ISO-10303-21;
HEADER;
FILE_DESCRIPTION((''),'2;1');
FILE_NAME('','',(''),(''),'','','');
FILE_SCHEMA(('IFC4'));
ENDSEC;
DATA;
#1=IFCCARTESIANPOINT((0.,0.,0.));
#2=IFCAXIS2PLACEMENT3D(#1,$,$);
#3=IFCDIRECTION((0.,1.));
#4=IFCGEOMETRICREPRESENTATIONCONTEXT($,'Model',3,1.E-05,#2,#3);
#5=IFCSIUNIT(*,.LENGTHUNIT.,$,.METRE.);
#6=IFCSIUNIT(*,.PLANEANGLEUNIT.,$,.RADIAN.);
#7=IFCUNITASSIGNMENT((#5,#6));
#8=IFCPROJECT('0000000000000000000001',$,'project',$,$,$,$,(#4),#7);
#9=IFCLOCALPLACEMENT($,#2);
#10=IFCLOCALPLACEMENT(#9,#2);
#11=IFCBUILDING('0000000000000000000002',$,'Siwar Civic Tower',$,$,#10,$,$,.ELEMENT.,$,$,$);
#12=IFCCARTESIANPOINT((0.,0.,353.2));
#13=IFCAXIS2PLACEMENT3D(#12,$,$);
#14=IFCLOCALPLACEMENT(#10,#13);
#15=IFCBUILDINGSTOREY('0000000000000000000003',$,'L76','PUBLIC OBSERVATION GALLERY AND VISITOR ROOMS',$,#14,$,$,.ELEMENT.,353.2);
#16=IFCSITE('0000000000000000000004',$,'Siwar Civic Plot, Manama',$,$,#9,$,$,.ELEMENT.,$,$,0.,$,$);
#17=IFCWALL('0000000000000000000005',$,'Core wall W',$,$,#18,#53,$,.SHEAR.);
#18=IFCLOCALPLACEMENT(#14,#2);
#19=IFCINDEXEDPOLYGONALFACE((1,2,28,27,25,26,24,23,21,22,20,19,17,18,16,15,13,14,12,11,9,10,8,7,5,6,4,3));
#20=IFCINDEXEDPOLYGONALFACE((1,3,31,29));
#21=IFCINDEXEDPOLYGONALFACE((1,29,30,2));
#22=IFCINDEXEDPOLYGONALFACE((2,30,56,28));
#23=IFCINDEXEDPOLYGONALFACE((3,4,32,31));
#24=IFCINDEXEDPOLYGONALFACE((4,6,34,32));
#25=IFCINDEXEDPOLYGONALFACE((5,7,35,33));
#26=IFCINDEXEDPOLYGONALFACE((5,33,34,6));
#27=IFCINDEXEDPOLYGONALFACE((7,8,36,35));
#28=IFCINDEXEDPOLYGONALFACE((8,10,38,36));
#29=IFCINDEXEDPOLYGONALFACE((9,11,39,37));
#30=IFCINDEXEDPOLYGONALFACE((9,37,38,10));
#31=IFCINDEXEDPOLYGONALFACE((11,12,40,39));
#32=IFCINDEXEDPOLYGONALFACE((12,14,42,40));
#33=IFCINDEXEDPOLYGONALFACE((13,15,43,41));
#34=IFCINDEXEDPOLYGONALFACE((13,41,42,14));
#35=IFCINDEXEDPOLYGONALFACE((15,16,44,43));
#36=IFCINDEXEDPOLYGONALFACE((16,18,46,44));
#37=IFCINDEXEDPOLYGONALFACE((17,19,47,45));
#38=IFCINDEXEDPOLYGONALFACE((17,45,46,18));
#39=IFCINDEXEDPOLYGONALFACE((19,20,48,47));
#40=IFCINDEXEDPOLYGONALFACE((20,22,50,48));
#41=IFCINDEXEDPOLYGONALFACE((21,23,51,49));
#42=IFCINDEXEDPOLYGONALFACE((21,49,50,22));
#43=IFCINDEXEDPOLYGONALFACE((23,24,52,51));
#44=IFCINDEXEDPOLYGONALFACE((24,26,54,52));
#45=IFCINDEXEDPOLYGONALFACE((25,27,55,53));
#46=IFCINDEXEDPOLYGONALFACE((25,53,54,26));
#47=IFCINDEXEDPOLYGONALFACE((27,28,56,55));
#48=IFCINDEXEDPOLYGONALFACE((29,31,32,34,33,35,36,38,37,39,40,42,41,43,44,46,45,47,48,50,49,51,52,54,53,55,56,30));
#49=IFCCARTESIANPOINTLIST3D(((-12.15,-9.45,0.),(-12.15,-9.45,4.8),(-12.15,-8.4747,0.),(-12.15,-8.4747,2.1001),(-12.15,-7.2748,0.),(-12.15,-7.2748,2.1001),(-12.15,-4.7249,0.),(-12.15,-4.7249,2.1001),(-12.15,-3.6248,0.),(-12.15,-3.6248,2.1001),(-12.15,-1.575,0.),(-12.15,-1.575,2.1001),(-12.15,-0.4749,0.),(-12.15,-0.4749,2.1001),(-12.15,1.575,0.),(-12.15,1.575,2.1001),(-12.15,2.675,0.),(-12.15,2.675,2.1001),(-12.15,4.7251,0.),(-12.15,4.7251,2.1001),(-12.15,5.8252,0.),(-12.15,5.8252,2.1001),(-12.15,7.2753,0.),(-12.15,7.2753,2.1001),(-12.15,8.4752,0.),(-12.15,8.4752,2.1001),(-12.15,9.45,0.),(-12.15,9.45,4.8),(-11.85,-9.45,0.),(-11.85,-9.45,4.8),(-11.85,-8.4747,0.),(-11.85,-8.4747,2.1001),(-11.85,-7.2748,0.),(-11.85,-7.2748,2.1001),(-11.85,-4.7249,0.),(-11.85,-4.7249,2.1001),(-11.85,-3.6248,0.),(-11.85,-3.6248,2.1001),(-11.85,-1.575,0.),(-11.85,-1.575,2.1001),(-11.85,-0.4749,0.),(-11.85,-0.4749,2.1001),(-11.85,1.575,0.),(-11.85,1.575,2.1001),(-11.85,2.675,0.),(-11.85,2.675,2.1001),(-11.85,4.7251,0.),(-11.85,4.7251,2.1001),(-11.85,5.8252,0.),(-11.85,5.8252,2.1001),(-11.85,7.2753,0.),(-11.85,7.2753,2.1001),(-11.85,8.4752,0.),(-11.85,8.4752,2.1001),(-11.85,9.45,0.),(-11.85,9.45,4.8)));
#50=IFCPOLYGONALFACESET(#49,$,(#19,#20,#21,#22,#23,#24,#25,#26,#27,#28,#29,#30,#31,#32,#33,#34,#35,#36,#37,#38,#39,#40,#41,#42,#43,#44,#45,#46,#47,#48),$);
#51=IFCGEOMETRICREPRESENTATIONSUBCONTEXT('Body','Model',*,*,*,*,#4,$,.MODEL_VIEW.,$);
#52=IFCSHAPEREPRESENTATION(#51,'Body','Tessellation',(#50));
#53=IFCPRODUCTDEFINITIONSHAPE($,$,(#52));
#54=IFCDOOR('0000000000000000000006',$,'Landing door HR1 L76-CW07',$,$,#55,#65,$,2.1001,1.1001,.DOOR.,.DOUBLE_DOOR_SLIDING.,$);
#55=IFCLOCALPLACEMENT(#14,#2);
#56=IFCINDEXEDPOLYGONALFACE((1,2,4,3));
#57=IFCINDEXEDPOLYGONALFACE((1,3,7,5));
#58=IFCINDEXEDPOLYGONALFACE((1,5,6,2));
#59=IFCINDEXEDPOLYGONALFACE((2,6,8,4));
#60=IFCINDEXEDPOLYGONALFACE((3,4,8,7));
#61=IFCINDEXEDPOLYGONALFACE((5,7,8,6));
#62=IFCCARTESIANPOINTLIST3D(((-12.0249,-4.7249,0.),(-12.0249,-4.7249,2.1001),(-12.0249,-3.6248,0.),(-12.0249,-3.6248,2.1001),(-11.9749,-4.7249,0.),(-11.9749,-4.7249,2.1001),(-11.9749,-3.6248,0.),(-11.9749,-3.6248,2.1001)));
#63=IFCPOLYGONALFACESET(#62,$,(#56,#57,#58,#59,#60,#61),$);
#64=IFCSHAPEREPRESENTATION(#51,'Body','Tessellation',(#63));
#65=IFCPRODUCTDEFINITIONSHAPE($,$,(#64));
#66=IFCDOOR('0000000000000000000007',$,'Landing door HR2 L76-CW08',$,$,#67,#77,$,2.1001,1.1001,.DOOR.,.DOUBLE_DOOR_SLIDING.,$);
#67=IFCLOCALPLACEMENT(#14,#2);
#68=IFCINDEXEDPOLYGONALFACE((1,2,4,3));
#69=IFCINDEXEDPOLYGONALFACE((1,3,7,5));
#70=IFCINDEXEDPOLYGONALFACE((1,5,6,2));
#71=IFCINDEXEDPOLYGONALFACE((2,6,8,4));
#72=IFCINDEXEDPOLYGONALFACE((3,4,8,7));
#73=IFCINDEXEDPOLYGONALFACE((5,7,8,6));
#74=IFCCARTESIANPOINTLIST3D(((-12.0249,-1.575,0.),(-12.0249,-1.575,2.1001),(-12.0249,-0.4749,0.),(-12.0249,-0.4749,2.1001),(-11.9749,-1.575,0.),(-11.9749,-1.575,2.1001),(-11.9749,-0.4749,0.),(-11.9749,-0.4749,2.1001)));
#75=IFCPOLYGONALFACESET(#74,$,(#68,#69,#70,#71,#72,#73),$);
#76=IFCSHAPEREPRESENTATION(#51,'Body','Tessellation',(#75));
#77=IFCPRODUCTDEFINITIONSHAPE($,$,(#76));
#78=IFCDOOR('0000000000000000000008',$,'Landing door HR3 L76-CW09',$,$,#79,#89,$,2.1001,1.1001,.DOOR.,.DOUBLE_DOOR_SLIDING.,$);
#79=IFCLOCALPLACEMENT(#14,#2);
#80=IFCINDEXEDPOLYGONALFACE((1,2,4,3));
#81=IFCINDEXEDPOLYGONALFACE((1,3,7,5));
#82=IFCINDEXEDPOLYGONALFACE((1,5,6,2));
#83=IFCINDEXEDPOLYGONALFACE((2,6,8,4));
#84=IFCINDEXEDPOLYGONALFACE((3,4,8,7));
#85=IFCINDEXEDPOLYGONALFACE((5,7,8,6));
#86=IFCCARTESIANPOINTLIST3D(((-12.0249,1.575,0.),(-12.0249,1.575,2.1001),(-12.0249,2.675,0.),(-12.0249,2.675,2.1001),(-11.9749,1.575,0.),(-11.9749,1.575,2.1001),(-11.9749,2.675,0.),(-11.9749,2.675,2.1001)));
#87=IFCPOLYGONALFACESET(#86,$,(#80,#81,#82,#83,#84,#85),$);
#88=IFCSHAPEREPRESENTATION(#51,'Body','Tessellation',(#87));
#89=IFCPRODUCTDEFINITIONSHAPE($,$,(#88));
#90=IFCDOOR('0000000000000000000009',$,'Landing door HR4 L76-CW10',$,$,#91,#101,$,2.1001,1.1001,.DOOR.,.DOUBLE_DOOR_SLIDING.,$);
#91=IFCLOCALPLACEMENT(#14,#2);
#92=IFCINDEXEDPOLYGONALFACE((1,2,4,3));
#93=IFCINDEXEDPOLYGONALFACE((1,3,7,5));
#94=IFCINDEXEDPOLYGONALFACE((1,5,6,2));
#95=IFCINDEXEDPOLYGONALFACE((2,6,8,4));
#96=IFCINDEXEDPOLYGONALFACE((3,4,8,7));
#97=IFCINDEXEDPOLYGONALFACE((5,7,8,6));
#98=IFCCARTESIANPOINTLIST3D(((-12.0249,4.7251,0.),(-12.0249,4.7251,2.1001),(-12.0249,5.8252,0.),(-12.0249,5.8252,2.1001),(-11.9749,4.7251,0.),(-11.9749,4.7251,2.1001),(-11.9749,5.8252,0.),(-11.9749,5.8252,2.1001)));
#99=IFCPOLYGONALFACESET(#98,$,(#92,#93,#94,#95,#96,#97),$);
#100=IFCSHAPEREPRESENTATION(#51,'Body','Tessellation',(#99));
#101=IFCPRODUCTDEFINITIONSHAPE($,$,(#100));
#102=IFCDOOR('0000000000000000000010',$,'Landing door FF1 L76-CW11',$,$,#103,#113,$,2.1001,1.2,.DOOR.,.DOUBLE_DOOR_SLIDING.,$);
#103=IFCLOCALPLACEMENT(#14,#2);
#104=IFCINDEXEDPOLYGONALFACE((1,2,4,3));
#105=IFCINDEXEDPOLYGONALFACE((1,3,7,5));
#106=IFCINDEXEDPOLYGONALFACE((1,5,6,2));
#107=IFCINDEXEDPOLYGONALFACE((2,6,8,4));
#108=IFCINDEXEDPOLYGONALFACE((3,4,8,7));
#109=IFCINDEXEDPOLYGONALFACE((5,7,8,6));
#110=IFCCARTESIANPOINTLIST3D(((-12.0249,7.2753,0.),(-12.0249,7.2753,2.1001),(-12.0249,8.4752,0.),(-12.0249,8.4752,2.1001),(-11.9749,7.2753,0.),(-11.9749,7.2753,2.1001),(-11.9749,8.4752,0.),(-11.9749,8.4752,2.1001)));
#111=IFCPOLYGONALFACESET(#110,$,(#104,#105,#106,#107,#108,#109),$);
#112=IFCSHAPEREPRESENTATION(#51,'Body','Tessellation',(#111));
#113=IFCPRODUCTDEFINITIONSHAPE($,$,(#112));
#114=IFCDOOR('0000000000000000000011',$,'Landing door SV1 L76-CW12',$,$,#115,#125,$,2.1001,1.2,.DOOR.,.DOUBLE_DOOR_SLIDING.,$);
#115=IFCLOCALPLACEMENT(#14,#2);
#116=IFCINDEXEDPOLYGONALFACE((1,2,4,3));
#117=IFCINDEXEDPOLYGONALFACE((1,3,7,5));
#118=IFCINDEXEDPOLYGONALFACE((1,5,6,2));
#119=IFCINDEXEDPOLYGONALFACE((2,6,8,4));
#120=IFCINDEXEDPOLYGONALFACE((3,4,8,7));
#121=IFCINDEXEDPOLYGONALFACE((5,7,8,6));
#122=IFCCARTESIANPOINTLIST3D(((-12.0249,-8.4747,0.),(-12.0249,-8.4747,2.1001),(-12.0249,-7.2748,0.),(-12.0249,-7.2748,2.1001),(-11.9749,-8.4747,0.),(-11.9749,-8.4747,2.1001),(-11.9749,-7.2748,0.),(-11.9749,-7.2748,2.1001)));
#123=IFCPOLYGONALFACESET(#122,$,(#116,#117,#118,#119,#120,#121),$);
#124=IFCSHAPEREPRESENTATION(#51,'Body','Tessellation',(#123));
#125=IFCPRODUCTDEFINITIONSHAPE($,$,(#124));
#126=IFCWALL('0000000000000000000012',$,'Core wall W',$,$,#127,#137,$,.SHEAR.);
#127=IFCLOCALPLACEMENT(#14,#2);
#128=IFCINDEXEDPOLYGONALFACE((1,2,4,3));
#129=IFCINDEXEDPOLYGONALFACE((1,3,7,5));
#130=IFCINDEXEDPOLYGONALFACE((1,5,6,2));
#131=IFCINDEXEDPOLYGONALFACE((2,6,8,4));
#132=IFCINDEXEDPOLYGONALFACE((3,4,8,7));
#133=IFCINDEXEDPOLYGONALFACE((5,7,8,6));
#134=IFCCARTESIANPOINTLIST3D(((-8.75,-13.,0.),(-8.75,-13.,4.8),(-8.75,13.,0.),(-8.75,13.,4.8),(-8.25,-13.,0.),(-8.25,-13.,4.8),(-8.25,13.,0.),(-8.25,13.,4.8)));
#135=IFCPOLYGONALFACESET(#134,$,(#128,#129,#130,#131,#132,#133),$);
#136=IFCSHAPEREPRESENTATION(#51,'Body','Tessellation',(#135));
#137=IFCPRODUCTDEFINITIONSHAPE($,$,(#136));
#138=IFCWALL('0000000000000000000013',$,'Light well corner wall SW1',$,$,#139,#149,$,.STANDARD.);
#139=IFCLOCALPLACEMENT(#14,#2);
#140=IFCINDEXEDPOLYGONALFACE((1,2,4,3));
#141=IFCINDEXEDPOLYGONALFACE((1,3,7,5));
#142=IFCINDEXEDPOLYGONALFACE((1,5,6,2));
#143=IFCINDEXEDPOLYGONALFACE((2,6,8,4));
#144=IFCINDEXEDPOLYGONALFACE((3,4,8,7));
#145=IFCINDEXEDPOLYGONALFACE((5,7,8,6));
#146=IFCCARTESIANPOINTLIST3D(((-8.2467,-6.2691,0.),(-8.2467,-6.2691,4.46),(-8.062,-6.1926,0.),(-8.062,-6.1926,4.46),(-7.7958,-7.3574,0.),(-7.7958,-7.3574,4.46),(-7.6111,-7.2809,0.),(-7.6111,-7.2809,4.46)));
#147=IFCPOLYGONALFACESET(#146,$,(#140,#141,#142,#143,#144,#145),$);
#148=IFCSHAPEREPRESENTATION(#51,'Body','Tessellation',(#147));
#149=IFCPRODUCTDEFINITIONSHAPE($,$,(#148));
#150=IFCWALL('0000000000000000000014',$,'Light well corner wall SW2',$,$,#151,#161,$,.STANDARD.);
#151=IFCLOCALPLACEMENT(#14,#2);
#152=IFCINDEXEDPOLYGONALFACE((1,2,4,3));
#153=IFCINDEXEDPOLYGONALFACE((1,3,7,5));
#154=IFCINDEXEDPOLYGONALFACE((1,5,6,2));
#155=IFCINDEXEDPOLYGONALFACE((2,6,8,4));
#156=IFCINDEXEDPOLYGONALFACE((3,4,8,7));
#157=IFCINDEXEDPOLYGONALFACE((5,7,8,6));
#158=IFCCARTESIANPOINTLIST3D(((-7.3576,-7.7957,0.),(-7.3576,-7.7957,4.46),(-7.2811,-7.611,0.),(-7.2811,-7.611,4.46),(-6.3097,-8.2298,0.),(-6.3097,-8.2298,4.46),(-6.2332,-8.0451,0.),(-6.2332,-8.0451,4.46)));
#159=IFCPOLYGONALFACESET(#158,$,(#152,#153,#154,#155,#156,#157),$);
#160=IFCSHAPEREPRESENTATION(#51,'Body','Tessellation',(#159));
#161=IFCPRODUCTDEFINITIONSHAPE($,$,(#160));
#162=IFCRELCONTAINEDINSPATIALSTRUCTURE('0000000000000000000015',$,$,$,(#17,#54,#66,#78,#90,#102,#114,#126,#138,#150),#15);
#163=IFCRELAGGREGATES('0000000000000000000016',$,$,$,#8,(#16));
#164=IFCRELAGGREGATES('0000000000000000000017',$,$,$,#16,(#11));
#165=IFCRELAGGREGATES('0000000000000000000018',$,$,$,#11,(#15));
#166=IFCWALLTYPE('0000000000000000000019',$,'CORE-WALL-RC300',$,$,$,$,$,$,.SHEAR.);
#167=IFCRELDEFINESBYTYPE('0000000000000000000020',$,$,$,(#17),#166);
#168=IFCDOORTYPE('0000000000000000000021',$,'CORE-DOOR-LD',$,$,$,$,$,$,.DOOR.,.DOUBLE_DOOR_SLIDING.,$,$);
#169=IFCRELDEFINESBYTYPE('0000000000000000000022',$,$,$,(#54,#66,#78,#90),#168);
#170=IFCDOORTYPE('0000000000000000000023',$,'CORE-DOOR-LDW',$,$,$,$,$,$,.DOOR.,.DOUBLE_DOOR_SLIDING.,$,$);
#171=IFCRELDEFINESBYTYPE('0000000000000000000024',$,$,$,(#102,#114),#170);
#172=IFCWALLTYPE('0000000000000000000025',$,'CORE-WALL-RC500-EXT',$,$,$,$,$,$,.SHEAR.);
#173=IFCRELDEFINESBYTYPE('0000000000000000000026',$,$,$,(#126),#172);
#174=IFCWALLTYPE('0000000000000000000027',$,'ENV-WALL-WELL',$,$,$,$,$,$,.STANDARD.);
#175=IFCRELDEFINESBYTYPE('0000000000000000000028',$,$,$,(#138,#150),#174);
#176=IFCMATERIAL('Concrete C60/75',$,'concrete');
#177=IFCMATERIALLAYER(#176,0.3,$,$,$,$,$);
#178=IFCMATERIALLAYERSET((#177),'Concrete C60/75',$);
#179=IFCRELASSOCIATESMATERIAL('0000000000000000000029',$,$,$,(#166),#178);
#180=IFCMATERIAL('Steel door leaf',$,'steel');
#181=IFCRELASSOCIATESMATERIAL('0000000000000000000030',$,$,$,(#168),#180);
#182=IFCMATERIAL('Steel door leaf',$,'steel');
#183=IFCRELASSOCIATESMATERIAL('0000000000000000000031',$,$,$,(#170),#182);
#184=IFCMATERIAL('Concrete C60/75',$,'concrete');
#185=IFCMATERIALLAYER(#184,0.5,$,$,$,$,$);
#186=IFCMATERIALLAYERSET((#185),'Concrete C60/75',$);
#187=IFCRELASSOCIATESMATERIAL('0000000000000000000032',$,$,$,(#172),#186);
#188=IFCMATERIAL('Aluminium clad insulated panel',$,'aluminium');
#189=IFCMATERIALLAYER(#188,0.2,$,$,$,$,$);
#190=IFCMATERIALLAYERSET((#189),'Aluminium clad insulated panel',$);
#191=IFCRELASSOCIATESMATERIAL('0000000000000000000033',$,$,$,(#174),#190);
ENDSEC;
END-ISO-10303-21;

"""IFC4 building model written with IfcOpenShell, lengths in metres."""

from ifc_helpers import new_model, si_unit, direction, frame, frame_2d, origin, place, context, subcontext, project, spatial, rectangle, extrude, material, layer, layer_set, type_object, element, fill, save


model = new_model("IFC4")

# Units and contexts
model_context = context("Model", 3, precision=1e-05, world=origin(), true_north=direction((0.0, 1.0)))
body_context = subcontext(model_context, "Body", "Model", "MODEL_VIEW")
ifc_project = project(units=[si_unit("LENGTHUNIT", "METRE"), si_unit("PLANEANGLEUNIT", "RADIAN")], contexts=[model_context])

# Site, building, storey
site_placement = place(None, origin())
site = spatial("IfcSite", under=ifc_project, at=site_placement, Name="Siwar Civic Plot, Manama", CompositionType="ELEMENT", RefElevation=0.0)
building_placement = place(site_placement, origin())
building = spatial("IfcBuilding", under=site, at=building_placement, Name="Siwar Civic Tower", CompositionType="ELEMENT")
storey_placement = place(building_placement, frame((0.0, 0.0, 353.2)))
storey = spatial("IfcBuildingStorey", under=building, at=storey_placement, Name="L76", Description="PUBLIC OBSERVATION GALLERY AND VISITOR ROOMS", CompositionType="ELEMENT", Elevation=353.2)

# Wall, openings, doors
ifc_material_1 = material(Name="Concrete C60/75", Category="concrete")
ifc_layer_1 = layer(ifc_material_1, 0.3)
ifc_layer_set_1 = layer_set([ifc_layer_1], Name="Concrete C60/75")
wall_type_1 = type_object("IfcWallType", Name="CORE-WALL-RC300", PredefinedType="SHEAR", material=ifc_layer_set_1)
wall_1_placement = place(storey_placement, frame((-12.0, -9.45, 0.0), z_axis=(0.0, 0.0, 1.0), x_axis=(0.0, 1.0, 0.0)))
wall_1 = element("IfcWall", 1, at=wall_1_placement, inside=storey, type_object=wall_type_1, Name="Core wall W", PredefinedType="SHEAR", context=body_context, shape_type="SweptSolid", body=[
    extrude(rectangle(XDim=18.8999, YDim=0.3, at=frame_2d((9.45, 0.0))), origin(), (0.0, 0.0, 1.0), 4.8),
])
opening_1_placement = place(wall_1_placement, frame((4.7251, 0.0, 0.0)))
opening_1 = element("IfcOpeningElement", 2, at=opening_1_placement, cuts=wall_1, PredefinedType="OPENING", context=body_context, shape_type="SweptSolid", body=[
    extrude(rectangle(XDim=1.1001, YDim=2.1001, at=frame_2d((0.55, 1.05))), frame((0.0, 0.1602, 0.0), z_axis=(0.0, -1.0, 0.0), x_axis=(1.0, 0.0, 0.0)), (0.0, 0.0, 1.0), 0.3201),
])
opening_2_placement = place(wall_1_placement, frame((7.875, 0.0, 0.0)))
opening_2 = element("IfcOpeningElement", 3, at=opening_2_placement, cuts=wall_1, PredefinedType="OPENING", context=body_context, shape_type="SweptSolid", body=[
    extrude(rectangle(XDim=1.1001, YDim=2.1001, at=frame_2d((0.55, 1.05))), frame((0.0, 0.1602, 0.0), z_axis=(0.0, -1.0, 0.0), x_axis=(1.0, 0.0, 0.0)), (0.0, 0.0, 1.0), 0.3201),
])
opening_3_placement = place(wall_1_placement, frame((11.0249, 0.0, 0.0)))
opening_3 = element("IfcOpeningElement", 4, at=opening_3_placement, cuts=wall_1, PredefinedType="OPENING", context=body_context, shape_type="SweptSolid", body=[
    extrude(rectangle(XDim=1.1001, YDim=2.1001, at=frame_2d((0.55, 1.05))), frame((0.0, 0.1602, 0.0), z_axis=(0.0, -1.0, 0.0), x_axis=(1.0, 0.0, 0.0)), (0.0, 0.0, 1.0), 0.3201),
])
opening_4_placement = place(wall_1_placement, frame((14.175, 0.0, 0.0)))
opening_4 = element("IfcOpeningElement", 5, at=opening_4_placement, cuts=wall_1, PredefinedType="OPENING", context=body_context, shape_type="SweptSolid", body=[
    extrude(rectangle(XDim=1.1001, YDim=2.1001, at=frame_2d((0.55, 1.05))), frame((0.0, 0.1602, 0.0), z_axis=(0.0, -1.0, 0.0), x_axis=(1.0, 0.0, 0.0)), (0.0, 0.0, 1.0), 0.3201),
])
opening_5_placement = place(wall_1_placement, frame((16.7251, 0.0, 0.0)))
opening_5 = element("IfcOpeningElement", 6, at=opening_5_placement, cuts=wall_1, PredefinedType="OPENING", context=body_context, shape_type="SweptSolid", body=[
    extrude(rectangle(XDim=1.2, YDim=2.1001, at=frame_2d((0.6001, 1.05))), frame((0.0, 0.1602, 0.0), z_axis=(0.0, -1.0, 0.0), x_axis=(1.0, 0.0, 0.0)), (0.0, 0.0, 1.0), 0.3201),
])
opening_6_placement = place(wall_1_placement, frame((0.9751, 0.0, 0.0)))
opening_6 = element("IfcOpeningElement", 7, at=opening_6_placement, cuts=wall_1, PredefinedType="OPENING", context=body_context, shape_type="SweptSolid", body=[
    extrude(rectangle(XDim=1.2, YDim=2.1001, at=frame_2d((0.6001, 1.05))), frame((0.0, 0.1602, 0.0), z_axis=(0.0, -1.0, 0.0), x_axis=(1.0, 0.0, 0.0)), (0.0, 0.0, 1.0), 0.3201),
])
ifc_material_2 = material(Name="Steel door leaf", Category="steel")
door_type_1 = type_object("IfcDoorType", Name="CORE-DOOR-LD", OperationType="DOUBLE_DOOR_SLIDING", PredefinedType="DOOR", material=ifc_material_2)
door_1_placement = place(opening_1_placement, origin())
door_1 = element("IfcDoor", 8, at=door_1_placement, inside=storey, type_object=door_type_1, Name="Landing door HR1 L76-CW07", OperationType="DOUBLE_DOOR_SLIDING", OverallHeight=2.1001, OverallWidth=1.1001, PredefinedType="DOOR", context=body_context, shape_type="SweptSolid", body=[
    extrude(rectangle(XDim=1.1001, YDim=2.1001, at=frame_2d((0.55, 1.05))), frame((0.0, 0.0249, 0.0), z_axis=(0.0, -1.0, 0.0), x_axis=(1.0, 0.0, 0.0)), (0.0, 0.0, 1.0), 0.05),
])
fill(opening_1, door_1)
door_2_placement = place(opening_2_placement, origin())
door_2 = element("IfcDoor", 9, at=door_2_placement, inside=storey, type_object=door_type_1, Name="Landing door HR2 L76-CW08", OperationType="DOUBLE_DOOR_SLIDING", OverallHeight=2.1001, OverallWidth=1.1001, PredefinedType="DOOR", context=body_context, shape_type="SweptSolid", body=[
    extrude(rectangle(XDim=1.1001, YDim=2.1001, at=frame_2d((0.55, 1.05))), frame((0.0, 0.0249, 0.0), z_axis=(0.0, -1.0, 0.0), x_axis=(1.0, 0.0, 0.0)), (0.0, 0.0, 1.0), 0.05),
])
fill(opening_2, door_2)
door_3_placement = place(opening_3_placement, origin())
door_3 = element("IfcDoor", 10, at=door_3_placement, inside=storey, type_object=door_type_1, Name="Landing door HR3 L76-CW09", OperationType="DOUBLE_DOOR_SLIDING", OverallHeight=2.1001, OverallWidth=1.1001, PredefinedType="DOOR", context=body_context, shape_type="SweptSolid", body=[
    extrude(rectangle(XDim=1.1001, YDim=2.1001, at=frame_2d((0.55, 1.05))), frame((0.0, 0.0249, 0.0), z_axis=(0.0, -1.0, 0.0), x_axis=(1.0, 0.0, 0.0)), (0.0, 0.0, 1.0), 0.05),
])
fill(opening_3, door_3)
door_4_placement = place(opening_4_placement, origin())
door_4 = element("IfcDoor", 11, at=door_4_placement, inside=storey, type_object=door_type_1, Name="Landing door HR4 L76-CW10", OperationType="DOUBLE_DOOR_SLIDING", OverallHeight=2.1001, OverallWidth=1.1001, PredefinedType="DOOR", context=body_context, shape_type="SweptSolid", body=[
    extrude(rectangle(XDim=1.1001, YDim=2.1001, at=frame_2d((0.55, 1.05))), frame((0.0, 0.0249, 0.0), z_axis=(0.0, -1.0, 0.0), x_axis=(1.0, 0.0, 0.0)), (0.0, 0.0, 1.0), 0.05),
])
fill(opening_4, door_4)
ifc_material_3 = material(Name="Steel door leaf", Category="steel")
door_type_2 = type_object("IfcDoorType", Name="CORE-DOOR-LDW", OperationType="DOUBLE_DOOR_SLIDING", PredefinedType="DOOR", material=ifc_material_3)
door_5_placement = place(opening_5_placement, origin())
door_5 = element("IfcDoor", 12, at=door_5_placement, inside=storey, type_object=door_type_2, Name="Landing door FF1 L76-CW11", OperationType="DOUBLE_DOOR_SLIDING", OverallHeight=2.1001, OverallWidth=1.2, PredefinedType="DOOR", context=body_context, shape_type="SweptSolid", body=[
    extrude(rectangle(XDim=1.2, YDim=2.1001, at=frame_2d((0.6001, 1.05))), frame((0.0, 0.0249, 0.0), z_axis=(0.0, -1.0, 0.0), x_axis=(1.0, 0.0, 0.0)), (0.0, 0.0, 1.0), 0.05),
])
fill(opening_5, door_5)
door_6_placement = place(opening_6_placement, origin())
door_6 = element("IfcDoor", 13, at=door_6_placement, inside=storey, type_object=door_type_2, Name="Landing door SV1 L76-CW12", OperationType="DOUBLE_DOOR_SLIDING", OverallHeight=2.1001, OverallWidth=1.2, PredefinedType="DOOR", context=body_context, shape_type="SweptSolid", body=[
    extrude(rectangle(XDim=1.2, YDim=2.1001, at=frame_2d((0.6001, 1.05))), frame((0.0, 0.0249, 0.0), z_axis=(0.0, -1.0, 0.0), x_axis=(1.0, 0.0, 0.0)), (0.0, 0.0, 1.0), 0.05),
])
fill(opening_6, door_6)

# Walls
ifc_material_4 = material(Name="Concrete C60/75", Category="concrete")
ifc_layer_2 = layer(ifc_material_4, 0.5)
ifc_layer_set_2 = layer_set([ifc_layer_2], Name="Concrete C60/75")
wall_type_2 = type_object("IfcWallType", Name="CORE-WALL-RC500-EXT", PredefinedType="SHEAR", material=ifc_layer_set_2)
wall_2_placement = place(storey_placement, frame((-8.5, -13.0, 0.0), z_axis=(0.0, 0.0, 1.0), x_axis=(0.0, 1.0, 0.0)))
element("IfcWall", 14, at=wall_2_placement, inside=storey, type_object=wall_type_2, Name="Core wall W", PredefinedType="SHEAR", context=body_context, shape_type="SweptSolid", body=[
    extrude(rectangle(XDim=26.0, YDim=0.5, at=frame_2d((13.0, 0.0))), origin(), (0.0, 0.0, 1.0), 4.8),
])
ifc_material_5 = material(Name="Aluminium clad insulated panel", Category="aluminium")
ifc_layer_3 = layer(ifc_material_5, 0.2)
ifc_layer_set_3 = layer_set([ifc_layer_3], Name="Aluminium clad insulated panel")
wall_type_3 = type_object("IfcWallType", Name="ENV-WALL-WELL", PredefinedType="STANDARD", material=ifc_layer_set_3)
wall_3_placement = place(storey_placement, frame((-8.1543, -6.231, 0.0), z_axis=(0.0, 0.0, 1.0), x_axis=(0.382761, -0.923848, 0.0)))
element("IfcWall", 15, at=wall_3_placement, inside=storey, type_object=wall_type_3, Name="Light well corner wall SW1", PredefinedType="STANDARD", context=body_context, shape_type="SweptSolid", body=[
    extrude(rectangle(XDim=1.178, YDim=0.2, at=frame_2d((0.5889, 0.0))), origin(), (0.0, 0.0, 1.0), 4.46),
])
wall_4_placement = place(storey_placement, frame((-7.3193, -7.7034, 0.0), z_axis=(0.0, 0.0, 1.0), x_axis=(0.923865, -0.382719, 0.0)))
element("IfcWall", 16, at=wall_4_placement, inside=storey, type_object=wall_type_3, Name="Light well corner wall SW2", PredefinedType="STANDARD", context=body_context, shape_type="SweptSolid", body=[
    extrude(rectangle(XDim=1.1343, YDim=0.2, at=frame_2d((0.5671, 0.0))), origin(), (0.0, 0.0, 1.0), 4.46),
])

save(model, "model.ifc")
